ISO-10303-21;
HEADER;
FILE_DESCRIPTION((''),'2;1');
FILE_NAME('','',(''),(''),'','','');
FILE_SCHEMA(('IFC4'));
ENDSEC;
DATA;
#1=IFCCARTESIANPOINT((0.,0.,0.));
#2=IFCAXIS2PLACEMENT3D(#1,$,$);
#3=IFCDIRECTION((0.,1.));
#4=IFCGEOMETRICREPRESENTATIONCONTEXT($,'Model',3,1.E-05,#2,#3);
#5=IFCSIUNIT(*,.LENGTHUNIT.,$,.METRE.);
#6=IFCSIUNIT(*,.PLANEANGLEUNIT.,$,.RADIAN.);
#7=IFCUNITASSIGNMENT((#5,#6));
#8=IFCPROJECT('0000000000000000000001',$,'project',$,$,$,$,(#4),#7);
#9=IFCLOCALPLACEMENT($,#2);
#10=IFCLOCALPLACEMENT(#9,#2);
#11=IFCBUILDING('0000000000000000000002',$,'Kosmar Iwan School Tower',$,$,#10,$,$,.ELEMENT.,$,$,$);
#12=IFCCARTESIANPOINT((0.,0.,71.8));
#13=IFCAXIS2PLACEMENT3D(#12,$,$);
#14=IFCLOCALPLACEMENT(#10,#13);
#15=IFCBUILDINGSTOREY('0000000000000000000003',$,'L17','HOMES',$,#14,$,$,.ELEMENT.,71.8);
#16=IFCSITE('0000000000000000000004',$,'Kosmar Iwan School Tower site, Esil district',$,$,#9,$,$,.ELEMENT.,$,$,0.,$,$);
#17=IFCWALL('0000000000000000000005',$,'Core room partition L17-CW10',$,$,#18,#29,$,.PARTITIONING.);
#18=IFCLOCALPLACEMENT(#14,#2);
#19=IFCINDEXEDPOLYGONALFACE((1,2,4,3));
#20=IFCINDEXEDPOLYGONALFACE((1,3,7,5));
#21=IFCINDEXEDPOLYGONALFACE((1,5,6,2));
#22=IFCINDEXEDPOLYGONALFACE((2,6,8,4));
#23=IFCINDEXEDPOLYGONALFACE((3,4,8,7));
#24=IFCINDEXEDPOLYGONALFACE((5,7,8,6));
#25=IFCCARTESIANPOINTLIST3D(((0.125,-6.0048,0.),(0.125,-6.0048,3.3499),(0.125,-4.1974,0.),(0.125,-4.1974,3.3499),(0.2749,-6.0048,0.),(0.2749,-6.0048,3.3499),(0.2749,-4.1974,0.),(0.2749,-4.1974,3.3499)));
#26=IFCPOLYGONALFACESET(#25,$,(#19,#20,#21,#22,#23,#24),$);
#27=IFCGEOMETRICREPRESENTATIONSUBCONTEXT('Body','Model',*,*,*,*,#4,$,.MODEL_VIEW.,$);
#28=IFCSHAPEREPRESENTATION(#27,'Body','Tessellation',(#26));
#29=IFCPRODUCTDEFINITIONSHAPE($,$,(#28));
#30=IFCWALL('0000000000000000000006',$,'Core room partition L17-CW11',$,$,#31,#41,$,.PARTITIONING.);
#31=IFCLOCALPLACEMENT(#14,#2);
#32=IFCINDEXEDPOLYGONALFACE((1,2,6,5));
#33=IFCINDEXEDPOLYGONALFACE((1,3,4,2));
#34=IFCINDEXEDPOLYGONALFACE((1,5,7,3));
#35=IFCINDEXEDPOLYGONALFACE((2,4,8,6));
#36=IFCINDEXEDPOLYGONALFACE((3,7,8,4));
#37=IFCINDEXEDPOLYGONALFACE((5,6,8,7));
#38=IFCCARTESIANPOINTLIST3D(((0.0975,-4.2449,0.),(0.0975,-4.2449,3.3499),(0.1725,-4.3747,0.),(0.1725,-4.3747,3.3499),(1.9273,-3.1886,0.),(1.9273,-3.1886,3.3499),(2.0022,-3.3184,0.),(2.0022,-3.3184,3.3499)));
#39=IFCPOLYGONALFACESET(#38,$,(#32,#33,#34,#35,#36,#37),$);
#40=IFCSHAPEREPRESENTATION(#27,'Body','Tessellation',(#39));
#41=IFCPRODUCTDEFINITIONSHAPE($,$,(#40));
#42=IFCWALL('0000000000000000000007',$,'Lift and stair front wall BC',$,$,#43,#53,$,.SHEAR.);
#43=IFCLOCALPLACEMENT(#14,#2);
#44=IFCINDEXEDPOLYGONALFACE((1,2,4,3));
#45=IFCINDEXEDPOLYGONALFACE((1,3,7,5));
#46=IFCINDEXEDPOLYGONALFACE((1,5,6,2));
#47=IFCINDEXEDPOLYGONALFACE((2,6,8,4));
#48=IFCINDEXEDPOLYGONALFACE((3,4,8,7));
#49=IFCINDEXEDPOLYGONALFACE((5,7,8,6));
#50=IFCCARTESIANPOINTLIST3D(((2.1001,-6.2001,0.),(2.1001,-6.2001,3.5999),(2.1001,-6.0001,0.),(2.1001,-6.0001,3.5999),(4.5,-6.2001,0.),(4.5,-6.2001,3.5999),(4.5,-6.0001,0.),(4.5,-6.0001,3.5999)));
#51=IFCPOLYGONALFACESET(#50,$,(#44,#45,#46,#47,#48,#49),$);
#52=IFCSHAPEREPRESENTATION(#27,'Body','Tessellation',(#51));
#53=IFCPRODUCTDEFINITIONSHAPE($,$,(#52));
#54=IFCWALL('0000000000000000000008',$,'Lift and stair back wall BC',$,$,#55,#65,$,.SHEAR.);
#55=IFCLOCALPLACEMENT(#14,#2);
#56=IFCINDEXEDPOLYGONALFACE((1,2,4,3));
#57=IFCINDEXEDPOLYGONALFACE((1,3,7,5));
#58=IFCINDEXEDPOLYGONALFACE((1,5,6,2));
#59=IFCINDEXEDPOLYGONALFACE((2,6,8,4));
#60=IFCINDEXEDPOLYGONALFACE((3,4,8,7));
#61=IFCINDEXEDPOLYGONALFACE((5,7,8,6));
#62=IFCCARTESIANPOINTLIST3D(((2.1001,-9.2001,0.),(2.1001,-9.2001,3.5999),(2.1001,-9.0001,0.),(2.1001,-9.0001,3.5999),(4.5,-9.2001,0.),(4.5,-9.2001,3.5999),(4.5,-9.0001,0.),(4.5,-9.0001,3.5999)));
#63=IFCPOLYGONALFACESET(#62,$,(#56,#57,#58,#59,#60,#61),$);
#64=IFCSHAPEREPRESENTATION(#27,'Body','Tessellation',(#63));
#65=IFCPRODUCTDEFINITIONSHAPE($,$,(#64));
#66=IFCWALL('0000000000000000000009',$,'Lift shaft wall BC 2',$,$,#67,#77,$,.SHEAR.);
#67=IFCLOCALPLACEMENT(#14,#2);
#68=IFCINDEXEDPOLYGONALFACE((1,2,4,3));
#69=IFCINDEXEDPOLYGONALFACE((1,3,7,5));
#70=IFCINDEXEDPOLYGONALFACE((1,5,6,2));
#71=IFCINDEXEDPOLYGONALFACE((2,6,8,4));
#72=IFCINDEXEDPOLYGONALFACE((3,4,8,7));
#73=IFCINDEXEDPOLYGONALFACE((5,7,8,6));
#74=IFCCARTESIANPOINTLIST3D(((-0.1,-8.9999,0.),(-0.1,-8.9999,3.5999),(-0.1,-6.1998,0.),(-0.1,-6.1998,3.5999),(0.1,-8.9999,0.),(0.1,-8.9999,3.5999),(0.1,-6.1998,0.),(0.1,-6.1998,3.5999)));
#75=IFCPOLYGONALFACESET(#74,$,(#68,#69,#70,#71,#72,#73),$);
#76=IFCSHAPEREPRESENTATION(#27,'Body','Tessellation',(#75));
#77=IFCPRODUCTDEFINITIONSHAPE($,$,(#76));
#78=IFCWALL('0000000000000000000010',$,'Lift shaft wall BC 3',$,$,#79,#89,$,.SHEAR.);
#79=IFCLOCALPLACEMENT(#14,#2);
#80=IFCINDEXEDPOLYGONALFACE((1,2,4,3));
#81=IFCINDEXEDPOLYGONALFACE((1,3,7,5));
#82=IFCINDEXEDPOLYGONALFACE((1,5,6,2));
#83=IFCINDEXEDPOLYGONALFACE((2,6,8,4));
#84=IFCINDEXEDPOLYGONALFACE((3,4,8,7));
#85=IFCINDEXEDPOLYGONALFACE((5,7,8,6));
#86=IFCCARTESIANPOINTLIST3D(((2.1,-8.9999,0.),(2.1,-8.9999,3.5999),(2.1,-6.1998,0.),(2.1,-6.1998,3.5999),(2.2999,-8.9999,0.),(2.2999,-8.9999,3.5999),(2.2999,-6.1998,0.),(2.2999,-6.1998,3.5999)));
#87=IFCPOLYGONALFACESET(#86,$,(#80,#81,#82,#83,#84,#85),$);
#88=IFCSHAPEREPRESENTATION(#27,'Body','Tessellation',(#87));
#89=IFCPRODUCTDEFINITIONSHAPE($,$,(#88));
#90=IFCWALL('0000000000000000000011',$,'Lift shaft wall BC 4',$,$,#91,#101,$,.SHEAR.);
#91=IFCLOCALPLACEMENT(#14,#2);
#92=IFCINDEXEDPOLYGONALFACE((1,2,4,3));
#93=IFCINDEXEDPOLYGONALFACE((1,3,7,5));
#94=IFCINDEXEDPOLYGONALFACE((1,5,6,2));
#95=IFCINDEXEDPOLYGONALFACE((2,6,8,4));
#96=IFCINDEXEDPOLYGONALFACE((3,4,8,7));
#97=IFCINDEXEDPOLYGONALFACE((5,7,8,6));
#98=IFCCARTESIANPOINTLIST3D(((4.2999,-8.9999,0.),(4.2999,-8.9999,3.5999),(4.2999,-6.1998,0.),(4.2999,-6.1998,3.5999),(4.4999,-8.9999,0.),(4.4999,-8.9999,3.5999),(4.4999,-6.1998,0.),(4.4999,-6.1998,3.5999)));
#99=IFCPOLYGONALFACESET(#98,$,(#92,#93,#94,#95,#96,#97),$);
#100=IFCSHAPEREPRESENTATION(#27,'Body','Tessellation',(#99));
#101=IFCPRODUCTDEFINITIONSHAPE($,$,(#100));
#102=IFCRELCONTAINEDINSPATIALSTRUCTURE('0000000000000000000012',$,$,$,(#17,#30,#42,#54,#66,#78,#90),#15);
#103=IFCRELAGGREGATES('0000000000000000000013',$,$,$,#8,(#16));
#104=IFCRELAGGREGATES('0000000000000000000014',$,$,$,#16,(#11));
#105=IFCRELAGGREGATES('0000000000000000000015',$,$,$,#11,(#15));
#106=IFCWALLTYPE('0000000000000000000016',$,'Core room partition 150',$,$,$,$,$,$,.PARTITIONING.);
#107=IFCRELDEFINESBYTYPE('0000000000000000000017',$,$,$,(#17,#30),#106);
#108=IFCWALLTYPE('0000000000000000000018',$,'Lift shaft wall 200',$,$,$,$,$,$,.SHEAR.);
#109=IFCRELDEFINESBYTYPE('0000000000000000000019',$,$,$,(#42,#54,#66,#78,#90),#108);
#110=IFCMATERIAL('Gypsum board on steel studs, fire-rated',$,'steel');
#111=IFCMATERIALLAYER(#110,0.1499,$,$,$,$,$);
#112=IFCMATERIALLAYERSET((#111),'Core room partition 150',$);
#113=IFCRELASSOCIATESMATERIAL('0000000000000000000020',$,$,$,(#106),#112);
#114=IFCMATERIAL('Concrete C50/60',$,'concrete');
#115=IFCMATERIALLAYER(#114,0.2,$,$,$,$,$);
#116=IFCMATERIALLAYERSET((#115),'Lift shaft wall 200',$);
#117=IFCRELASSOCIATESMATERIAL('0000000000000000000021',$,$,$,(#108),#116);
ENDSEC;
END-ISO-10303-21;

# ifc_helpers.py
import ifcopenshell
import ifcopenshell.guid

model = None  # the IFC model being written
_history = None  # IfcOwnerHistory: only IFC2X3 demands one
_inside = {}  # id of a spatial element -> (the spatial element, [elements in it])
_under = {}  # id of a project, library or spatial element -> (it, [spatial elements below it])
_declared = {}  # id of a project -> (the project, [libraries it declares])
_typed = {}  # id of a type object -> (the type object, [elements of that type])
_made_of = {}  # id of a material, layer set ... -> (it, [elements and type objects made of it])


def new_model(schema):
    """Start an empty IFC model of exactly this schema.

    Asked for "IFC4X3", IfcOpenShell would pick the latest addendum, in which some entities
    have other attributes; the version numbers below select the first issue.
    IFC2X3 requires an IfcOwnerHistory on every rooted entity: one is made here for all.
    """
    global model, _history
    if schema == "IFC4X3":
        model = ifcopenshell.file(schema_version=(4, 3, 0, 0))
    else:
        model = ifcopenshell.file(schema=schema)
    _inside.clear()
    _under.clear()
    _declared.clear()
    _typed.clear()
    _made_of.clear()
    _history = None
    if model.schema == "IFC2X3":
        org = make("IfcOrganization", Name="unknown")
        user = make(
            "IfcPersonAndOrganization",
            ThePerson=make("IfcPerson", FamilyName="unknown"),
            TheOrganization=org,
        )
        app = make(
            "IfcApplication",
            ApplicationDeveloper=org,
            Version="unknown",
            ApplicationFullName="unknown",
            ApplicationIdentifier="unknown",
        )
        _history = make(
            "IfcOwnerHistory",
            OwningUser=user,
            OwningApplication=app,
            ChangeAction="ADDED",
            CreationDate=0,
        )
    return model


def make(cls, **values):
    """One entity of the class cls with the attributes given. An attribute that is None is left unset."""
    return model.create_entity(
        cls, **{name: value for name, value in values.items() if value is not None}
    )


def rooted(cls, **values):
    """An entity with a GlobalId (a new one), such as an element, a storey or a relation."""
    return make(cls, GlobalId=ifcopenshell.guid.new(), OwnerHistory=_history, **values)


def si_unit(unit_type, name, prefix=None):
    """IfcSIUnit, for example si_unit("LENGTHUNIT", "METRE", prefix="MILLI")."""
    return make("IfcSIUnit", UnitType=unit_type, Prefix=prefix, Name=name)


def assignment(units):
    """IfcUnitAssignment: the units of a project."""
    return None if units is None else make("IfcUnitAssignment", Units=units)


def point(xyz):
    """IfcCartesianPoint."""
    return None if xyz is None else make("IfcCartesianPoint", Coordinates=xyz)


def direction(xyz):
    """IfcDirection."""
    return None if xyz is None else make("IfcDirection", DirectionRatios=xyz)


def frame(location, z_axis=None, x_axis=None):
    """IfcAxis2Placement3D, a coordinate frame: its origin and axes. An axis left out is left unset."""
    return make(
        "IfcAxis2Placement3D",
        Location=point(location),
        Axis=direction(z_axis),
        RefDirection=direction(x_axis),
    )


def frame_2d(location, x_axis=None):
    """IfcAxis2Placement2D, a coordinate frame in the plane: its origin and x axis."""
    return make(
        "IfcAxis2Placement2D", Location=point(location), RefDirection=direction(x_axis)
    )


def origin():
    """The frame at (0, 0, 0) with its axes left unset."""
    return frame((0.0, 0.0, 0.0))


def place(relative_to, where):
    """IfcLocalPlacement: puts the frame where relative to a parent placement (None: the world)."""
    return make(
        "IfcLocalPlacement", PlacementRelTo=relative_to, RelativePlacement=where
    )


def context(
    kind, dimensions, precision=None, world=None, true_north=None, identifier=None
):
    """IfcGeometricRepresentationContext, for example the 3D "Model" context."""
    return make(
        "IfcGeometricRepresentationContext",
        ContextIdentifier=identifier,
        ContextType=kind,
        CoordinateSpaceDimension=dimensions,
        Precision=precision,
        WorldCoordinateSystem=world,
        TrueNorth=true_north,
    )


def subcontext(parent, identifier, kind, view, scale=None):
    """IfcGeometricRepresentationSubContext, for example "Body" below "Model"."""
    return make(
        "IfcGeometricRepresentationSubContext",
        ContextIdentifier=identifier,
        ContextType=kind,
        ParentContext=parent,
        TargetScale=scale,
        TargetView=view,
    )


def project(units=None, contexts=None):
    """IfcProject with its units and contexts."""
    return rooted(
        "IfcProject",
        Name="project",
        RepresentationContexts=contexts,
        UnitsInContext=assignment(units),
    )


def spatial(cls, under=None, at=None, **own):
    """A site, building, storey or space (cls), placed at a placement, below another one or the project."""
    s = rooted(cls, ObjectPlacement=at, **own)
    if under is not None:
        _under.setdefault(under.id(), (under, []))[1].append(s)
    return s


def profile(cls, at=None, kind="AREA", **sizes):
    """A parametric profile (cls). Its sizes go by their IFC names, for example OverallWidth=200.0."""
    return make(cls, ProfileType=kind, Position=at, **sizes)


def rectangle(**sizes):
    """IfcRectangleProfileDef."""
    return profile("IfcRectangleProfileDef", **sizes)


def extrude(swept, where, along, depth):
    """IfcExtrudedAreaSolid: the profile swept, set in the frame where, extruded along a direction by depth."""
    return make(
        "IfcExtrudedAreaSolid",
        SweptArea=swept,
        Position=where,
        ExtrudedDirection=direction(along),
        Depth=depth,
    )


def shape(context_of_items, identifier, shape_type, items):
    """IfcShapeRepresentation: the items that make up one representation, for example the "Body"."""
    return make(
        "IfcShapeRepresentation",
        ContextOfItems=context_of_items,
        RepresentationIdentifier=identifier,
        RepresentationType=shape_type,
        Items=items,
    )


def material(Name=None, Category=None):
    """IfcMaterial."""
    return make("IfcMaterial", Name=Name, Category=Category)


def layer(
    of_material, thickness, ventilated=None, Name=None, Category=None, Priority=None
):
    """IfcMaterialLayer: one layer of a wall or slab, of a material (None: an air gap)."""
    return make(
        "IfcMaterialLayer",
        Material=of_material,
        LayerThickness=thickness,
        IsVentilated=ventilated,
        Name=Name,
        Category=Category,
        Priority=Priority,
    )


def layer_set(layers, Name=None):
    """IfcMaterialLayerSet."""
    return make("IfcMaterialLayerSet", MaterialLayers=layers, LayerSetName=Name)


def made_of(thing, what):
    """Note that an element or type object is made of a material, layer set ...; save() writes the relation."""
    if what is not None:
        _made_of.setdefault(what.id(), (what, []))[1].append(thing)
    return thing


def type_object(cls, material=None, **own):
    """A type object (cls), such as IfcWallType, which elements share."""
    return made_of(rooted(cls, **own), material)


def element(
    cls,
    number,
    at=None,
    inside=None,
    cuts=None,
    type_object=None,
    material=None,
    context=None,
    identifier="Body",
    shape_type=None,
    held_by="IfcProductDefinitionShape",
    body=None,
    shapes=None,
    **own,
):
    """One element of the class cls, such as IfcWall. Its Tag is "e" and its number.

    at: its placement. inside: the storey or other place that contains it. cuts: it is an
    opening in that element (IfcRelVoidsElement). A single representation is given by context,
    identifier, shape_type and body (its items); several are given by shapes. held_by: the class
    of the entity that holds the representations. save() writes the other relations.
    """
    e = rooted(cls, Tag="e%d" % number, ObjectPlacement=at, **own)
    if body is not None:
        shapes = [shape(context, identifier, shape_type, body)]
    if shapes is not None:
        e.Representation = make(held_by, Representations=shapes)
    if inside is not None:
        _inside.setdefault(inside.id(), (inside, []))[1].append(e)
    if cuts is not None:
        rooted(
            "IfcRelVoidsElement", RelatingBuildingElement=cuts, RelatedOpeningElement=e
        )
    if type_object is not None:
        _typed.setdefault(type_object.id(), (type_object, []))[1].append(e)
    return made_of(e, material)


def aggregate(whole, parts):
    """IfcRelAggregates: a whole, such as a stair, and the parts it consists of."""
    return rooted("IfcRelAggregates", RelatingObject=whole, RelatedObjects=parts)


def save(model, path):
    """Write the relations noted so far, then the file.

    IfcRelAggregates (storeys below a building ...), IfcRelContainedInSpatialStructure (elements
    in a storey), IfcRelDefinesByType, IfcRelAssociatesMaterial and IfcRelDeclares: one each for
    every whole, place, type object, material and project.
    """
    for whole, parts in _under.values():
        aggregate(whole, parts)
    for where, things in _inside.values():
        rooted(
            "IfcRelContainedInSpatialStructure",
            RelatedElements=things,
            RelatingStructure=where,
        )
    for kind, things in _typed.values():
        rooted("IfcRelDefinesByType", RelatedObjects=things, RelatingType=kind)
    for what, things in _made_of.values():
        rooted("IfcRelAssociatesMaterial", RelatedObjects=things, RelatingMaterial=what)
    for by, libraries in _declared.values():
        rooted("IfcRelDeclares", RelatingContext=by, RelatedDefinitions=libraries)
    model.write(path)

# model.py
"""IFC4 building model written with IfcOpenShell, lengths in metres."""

from ifc_helpers import new_model, si_unit, direction, frame, frame_2d, origin, place, context, subcontext, project, spatial, rectangle, extrude, material, layer, layer_set, type_object, element, save


model = new_model("IFC4")

# Units and contexts
model_context = context("Model", 3, precision=1e-05, world=origin(), true_north=direction((0.0, 1.0)))
body_context = subcontext(model_context, "Body", "Model", "MODEL_VIEW")
ifc_project = project(units=[si_unit("LENGTHUNIT", "METRE"), si_unit("PLANEANGLEUNIT", "RADIAN")], contexts=[model_context])

# Site, building, storey
site_placement = place(None, origin())
site = spatial("IfcSite", under=ifc_project, at=site_placement, Name="Kosmar Iwan School Tower site, Esil district", CompositionType="ELEMENT", RefElevation=0.0)
building_placement = place(site_placement, origin())
building = spatial("IfcBuilding", under=site, at=building_placement, Name="Kosmar Iwan School Tower", CompositionType="ELEMENT")
storey_placement = place(building_placement, frame((0.0, 0.0, 71.8)))
storey = spatial("IfcBuildingStorey", under=building, at=storey_placement, Name="L17", Description="HOMES", CompositionType="ELEMENT", Elevation=71.8)

# Walls
ifc_material_1 = material(Name="Gypsum board on steel studs, fire-rated", Category="steel")
ifc_layer_1 = layer(ifc_material_1, 0.1499)
ifc_layer_set_1 = layer_set([ifc_layer_1], Name="Core room partition 150")
wall_type_1 = type_object("IfcWallType", Name="Core room partition 150", PredefinedType="PARTITIONING", material=ifc_layer_set_1)
wall_1_placement = place(storey_placement, frame((0.2, -6.0049, 0.0), z_axis=(0.0, 0.0, 1.0), x_axis=(0.0, 1.0, 0.0)))
element("IfcWall", 1, at=wall_1_placement, inside=storey, type_object=wall_type_1, Name="Core room partition L17-CW10", PredefinedType="PARTITIONING", context=body_context, shape_type="SweptSolid", body=[
    extrude(rectangle(XDim=1.8074, YDim=0.1499, at=frame_2d((0.9038, 0.0))), origin(), (0.0, 0.0, 1.0), 3.3499),
])
wall_2_placement = place(storey_placement, frame((0.135, -4.3098, 0.0), z_axis=(0.0, 0.0, 1.0), x_axis=(0.866037, 0.499979, 0.0)))
element("IfcWall", 2, at=wall_2_placement, inside=storey, type_object=wall_type_1, Name="Core room partition L17-CW11", PredefinedType="PARTITIONING", context=body_context, shape_type="SweptSolid", body=[
    extrude(rectangle(XDim=2.1128, YDim=0.1499, at=frame_2d((1.0564, 0.0))), origin(), (0.0, 0.0, 1.0), 3.3499),
])
ifc_material_2 = material(Name="Concrete C50/60", Category="concrete")
ifc_layer_2 = layer(ifc_material_2, 0.2)
ifc_layer_set_2 = layer_set([ifc_layer_2], Name="Lift shaft wall 200")
wall_type_2 = type_object("IfcWallType", Name="Lift shaft wall 200", PredefinedType="SHEAR", material=ifc_layer_set_2)
for number, where, z_axis, x_axis, name in (
    (3, (2.1001, -6.1001, 0.0), (0.0, 0.0, 1.0), (1.0, 0.0, 0.0), "Lift and stair front wall BC"),
    (4, (2.1001, -9.1001, 0.0), (0.0, 0.0, 1.0), (1.0, 0.0, 0.0), "Lift and stair back wall BC"),
):
    element("IfcWall", number, at=place(storey_placement, frame(where, z_axis=z_axis, x_axis=x_axis)), inside=storey, type_object=wall_type_2, Name=name, PredefinedType="SHEAR", context=body_context, shape_type="SweptSolid", body=[
        extrude(rectangle(XDim=2.3999, YDim=0.2, at=frame_2d((1.2, 0.0))), origin(), (0.0, 0.0, 1.0), 3.5999),
    ])
for number, where, z_axis, x_axis, name in (
    (5, (0.0, -6.2, 0.0), (0.0, 0.0, 1.0), (0.0, -1.0, 0.0), "Lift shaft wall BC 2"),
    (6, (2.2, -6.2, 0.0), (0.0, 0.0, 1.0), (0.0, -1.0, 0.0), "Lift shaft wall BC 3"),
    (7, (4.3999, -6.2, 0.0), (0.0, 0.0, 1.0), (0.0, -1.0, 0.0), "Lift shaft wall BC 4"),
):
    element("IfcWall", number, at=place(storey_placement, frame(where, z_axis=z_axis, x_axis=x_axis)), inside=storey, type_object=wall_type_2, Name=name, PredefinedType="SHEAR", context=body_context, shape_type="SweptSolid", body=[
        extrude(rectangle(XDim=2.8, YDim=0.2, at=frame_2d((1.3999, 0.0))), origin(), (0.0, 0.0, 1.0), 3.5999),
    ])

save(model, "model.ifc")
